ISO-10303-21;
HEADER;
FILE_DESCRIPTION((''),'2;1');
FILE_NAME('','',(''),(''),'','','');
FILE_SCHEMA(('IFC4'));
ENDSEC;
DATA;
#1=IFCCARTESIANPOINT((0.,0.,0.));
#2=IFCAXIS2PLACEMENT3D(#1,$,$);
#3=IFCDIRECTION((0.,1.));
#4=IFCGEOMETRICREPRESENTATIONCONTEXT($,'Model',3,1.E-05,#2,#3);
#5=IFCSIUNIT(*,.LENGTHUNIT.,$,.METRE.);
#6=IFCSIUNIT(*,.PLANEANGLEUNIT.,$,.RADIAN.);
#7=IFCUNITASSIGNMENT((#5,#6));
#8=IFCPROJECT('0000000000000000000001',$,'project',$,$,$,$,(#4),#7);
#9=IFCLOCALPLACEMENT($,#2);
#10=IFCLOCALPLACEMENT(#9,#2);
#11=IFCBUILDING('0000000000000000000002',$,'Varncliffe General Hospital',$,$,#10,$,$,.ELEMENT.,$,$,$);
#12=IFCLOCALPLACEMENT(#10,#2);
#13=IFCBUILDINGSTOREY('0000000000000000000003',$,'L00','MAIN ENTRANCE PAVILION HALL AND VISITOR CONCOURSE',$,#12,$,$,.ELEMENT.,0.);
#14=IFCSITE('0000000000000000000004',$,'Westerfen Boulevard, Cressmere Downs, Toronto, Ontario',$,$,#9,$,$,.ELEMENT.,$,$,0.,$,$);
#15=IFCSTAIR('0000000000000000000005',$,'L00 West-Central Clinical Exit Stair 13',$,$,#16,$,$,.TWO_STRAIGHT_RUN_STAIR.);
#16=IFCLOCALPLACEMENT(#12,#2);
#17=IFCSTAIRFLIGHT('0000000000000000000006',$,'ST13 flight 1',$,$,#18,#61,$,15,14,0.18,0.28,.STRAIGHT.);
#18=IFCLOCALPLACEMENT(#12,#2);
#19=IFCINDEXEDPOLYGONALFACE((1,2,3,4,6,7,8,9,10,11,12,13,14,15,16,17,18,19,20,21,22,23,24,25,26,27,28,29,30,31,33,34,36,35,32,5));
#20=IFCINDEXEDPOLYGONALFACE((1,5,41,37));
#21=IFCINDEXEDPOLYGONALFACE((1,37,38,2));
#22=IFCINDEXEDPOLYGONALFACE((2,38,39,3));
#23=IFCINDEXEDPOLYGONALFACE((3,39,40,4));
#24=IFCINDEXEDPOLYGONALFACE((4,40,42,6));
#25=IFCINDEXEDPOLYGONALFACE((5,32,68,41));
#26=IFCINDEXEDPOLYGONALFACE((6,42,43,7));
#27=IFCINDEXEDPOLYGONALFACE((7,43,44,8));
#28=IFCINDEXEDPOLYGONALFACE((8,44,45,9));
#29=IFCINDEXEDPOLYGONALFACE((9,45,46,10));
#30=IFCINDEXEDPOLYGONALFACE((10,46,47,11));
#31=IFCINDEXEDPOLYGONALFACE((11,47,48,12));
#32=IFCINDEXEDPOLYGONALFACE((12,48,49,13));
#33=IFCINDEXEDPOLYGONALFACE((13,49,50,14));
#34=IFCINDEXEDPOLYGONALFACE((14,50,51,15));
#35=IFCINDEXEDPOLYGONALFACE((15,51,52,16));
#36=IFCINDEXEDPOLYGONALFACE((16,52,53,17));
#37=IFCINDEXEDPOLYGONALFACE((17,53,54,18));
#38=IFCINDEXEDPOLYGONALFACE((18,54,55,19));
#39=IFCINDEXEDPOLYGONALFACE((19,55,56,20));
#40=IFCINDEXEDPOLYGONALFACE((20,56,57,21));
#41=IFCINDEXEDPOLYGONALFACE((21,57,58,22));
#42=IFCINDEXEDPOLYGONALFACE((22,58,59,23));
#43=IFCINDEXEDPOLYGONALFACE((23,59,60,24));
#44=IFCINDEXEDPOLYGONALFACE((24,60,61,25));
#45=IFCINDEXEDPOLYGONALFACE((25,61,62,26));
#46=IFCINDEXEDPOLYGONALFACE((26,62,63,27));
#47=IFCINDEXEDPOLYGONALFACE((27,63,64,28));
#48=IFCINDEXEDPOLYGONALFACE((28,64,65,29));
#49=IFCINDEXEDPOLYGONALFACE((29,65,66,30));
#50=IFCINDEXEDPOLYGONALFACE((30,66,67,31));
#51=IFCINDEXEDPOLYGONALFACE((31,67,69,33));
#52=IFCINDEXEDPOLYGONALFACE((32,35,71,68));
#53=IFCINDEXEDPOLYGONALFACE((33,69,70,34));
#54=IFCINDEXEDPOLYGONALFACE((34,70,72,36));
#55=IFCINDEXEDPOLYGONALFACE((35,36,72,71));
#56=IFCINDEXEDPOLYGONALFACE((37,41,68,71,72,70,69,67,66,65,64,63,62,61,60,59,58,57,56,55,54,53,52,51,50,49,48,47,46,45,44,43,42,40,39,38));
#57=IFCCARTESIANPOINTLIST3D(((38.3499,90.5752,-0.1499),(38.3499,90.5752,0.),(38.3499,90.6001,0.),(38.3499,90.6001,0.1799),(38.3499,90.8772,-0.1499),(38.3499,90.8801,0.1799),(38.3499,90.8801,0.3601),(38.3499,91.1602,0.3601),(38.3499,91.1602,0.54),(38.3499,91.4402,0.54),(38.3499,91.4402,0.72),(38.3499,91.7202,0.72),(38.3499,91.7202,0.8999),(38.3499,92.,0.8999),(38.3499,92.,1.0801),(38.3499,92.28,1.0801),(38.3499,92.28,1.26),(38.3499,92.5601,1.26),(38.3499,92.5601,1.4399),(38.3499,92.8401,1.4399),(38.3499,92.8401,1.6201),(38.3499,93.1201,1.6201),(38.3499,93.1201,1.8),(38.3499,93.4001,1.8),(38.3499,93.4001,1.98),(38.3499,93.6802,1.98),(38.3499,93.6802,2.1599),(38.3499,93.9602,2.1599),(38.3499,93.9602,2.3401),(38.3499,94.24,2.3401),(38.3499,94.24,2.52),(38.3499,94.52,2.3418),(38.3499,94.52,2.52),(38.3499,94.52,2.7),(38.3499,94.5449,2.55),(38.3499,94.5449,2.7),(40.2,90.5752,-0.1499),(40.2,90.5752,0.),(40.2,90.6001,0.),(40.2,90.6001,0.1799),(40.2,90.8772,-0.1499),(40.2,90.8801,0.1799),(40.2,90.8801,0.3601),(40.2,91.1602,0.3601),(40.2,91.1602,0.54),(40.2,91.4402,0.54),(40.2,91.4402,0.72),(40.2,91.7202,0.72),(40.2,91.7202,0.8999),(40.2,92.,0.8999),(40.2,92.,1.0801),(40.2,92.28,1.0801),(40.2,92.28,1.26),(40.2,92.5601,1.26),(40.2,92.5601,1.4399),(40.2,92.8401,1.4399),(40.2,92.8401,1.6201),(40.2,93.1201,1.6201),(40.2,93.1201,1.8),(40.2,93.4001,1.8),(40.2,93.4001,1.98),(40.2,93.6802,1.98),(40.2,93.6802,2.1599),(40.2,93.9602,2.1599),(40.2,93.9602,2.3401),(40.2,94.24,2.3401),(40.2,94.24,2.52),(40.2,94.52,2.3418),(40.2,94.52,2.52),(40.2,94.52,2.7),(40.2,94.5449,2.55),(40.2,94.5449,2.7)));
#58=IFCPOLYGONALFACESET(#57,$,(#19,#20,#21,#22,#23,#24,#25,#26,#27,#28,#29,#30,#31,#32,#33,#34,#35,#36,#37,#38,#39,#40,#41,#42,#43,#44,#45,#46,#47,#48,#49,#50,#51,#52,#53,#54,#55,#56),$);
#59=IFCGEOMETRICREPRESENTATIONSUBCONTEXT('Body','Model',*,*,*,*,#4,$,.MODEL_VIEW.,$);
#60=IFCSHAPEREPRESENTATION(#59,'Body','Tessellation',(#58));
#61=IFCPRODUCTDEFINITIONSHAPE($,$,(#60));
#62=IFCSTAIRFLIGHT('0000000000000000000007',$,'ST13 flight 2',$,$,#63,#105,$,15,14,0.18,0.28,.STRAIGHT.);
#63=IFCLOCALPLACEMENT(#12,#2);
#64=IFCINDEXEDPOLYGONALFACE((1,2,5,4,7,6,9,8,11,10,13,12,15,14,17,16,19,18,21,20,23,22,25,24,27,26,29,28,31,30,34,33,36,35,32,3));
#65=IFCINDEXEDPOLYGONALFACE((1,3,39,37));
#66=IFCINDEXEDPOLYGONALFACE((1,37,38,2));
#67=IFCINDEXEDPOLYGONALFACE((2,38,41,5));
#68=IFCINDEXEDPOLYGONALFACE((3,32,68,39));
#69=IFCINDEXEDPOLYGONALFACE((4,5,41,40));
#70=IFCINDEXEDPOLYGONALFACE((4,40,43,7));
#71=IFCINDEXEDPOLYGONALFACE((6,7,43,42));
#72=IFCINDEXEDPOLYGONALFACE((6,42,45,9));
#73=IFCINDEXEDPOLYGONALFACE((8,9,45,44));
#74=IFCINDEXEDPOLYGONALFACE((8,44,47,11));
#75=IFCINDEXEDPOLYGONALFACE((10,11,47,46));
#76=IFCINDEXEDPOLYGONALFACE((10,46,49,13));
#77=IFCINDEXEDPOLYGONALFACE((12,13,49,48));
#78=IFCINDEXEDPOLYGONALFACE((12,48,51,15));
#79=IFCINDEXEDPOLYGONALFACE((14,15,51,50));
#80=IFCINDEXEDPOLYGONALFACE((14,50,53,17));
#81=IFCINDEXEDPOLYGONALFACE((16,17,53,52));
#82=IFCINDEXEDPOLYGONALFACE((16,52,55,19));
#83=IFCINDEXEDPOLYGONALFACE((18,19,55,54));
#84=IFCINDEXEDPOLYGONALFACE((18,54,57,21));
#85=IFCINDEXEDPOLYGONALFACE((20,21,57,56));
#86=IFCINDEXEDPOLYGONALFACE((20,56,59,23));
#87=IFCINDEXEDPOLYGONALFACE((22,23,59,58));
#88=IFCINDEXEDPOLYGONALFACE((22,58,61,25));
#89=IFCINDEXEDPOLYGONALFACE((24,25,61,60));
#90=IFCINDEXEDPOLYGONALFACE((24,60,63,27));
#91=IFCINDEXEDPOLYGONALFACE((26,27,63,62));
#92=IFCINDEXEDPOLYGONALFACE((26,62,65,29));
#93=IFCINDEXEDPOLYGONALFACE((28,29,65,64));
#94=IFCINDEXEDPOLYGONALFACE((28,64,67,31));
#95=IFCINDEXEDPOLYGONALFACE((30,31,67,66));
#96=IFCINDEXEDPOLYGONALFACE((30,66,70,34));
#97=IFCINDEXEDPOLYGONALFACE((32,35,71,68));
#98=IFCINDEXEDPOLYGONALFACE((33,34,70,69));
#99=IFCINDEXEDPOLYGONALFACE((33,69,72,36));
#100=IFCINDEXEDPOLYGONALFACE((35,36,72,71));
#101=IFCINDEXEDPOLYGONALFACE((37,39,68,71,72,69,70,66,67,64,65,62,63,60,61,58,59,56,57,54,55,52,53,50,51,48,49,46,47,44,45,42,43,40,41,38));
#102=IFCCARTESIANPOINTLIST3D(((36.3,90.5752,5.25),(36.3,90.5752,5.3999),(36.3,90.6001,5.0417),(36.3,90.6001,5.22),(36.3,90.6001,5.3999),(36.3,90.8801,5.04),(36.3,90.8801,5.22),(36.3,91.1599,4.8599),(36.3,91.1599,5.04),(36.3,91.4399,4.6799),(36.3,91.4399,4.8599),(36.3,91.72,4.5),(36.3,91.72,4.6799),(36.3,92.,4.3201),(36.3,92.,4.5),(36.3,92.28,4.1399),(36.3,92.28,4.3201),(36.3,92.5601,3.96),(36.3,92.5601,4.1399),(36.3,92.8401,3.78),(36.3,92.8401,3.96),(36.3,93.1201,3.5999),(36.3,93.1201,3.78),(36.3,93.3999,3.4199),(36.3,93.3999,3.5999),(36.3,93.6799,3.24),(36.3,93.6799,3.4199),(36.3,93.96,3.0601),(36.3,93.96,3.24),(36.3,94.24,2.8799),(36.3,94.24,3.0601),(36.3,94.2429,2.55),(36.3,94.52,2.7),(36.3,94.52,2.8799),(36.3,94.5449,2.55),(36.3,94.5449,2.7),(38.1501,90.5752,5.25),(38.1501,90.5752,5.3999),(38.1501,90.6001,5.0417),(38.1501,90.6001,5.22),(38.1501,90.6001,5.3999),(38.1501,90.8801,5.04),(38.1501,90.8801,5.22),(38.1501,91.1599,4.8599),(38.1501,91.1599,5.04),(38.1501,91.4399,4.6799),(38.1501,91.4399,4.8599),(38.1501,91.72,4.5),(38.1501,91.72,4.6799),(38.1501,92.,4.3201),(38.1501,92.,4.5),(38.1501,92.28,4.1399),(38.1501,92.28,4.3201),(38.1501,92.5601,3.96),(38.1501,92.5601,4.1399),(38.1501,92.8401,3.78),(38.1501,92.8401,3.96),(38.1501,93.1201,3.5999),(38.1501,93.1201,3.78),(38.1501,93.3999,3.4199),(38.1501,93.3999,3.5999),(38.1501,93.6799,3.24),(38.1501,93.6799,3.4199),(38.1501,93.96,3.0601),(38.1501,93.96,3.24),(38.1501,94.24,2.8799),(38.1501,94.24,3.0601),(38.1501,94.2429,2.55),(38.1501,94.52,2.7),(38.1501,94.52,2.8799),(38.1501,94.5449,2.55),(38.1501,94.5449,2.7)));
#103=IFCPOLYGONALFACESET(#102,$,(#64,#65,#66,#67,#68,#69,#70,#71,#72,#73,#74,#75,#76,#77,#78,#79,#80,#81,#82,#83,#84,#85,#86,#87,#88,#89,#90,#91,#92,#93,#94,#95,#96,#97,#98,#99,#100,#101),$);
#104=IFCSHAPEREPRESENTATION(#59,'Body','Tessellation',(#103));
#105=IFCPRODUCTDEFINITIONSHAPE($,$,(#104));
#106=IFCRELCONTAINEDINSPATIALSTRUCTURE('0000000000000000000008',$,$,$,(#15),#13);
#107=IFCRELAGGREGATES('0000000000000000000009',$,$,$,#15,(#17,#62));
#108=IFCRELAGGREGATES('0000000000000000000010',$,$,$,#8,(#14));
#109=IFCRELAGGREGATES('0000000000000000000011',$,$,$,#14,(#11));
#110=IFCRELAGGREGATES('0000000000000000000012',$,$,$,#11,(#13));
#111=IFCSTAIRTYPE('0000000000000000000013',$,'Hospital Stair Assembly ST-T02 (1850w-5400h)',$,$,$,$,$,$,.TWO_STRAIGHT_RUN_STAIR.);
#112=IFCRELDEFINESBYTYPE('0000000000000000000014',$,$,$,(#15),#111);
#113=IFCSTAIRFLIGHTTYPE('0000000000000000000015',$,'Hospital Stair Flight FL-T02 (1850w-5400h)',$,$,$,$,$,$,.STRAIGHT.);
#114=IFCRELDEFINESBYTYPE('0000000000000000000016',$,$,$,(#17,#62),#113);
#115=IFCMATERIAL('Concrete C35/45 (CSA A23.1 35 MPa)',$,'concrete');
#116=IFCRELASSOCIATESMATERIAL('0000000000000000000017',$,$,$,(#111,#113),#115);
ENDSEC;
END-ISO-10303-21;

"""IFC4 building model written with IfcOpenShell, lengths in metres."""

from ifc_helpers import new_model, si_unit, direction, frame, origin, place, context, subcontext, project, spatial, polyline, outline, extrude, material, type_object, element, aggregate, save


model = new_model("IFC4")

# Units and contexts
model_context = context("Model", 3, precision=1e-05, world=origin(), true_north=direction((0.0, 1.0)))
body_context = subcontext(model_context, "Body", "Model", "MODEL_VIEW")
ifc_project = project(units=[si_unit("LENGTHUNIT", "METRE"), si_unit("PLANEANGLEUNIT", "RADIAN")], contexts=[model_context])

# Site, building, storey
site_placement = place(None, origin())
site = spatial("IfcSite", under=ifc_project, at=site_placement, Name="Westerfen Boulevard, Cressmere Downs, Toronto, Ontario", CompositionType="ELEMENT", RefElevation=0.0)
building_placement = place(site_placement, origin())
building = spatial("IfcBuilding", under=site, at=building_placement, Name="Varncliffe General Hospital", CompositionType="ELEMENT")
storey_placement = place(building_placement, origin())
storey = spatial("IfcBuildingStorey", under=building, at=storey_placement, Name="L00", Description="MAIN ENTRANCE PAVILION HALL AND VISITOR CONCOURSE", CompositionType="ELEMENT", Elevation=0.0)

# Shared definitions
ifc_material_1 = material(Name="Concrete C35/45 (CSA A23.1 35 MPa)", Category="concrete")

# Stair, stair flights
stair_type = type_object("IfcStairType", Name="Hospital Stair Assembly ST-T02 (1850w-5400h)", PredefinedType="TWO_STRAIGHT_RUN_STAIR", material=ifc_material_1)
stair_placement = place(storey_placement, origin())
stair = element("IfcStair", 1, at=stair_placement, inside=storey, type_object=stair_type, Name="L00 West-Central Clinical Exit Stair 13", PredefinedType="TWO_STRAIGHT_RUN_STAIR")
stair_flight_type = type_object("IfcStairFlightType", Name="Hospital Stair Flight FL-T02 (1850w-5400h)", PredefinedType="STRAIGHT", material=ifc_material_1)
stair_flight_1_placement = place(storey_placement, frame((39.2749, 90.6001, 0.0), z_axis=(0.0, 0.0, 1.0), x_axis=(0.0, 1.0, 0.0)))
stair_flight_1 = element("IfcStairFlight", 2, at=stair_flight_1_placement, type_object=stair_flight_type, Name="ST13 flight 1", NumberOfRisers=15, NumberOfTreads=14, PredefinedType="STRAIGHT", RiserHeight=0.18, TreadLength=0.28, context=body_context, shape_type="SweptSolid", body=[
    extrude(outline(polyline([(-0.0249, -0.1499), (-0.0249, 0.0), (0.0, 0.0), (0.0, 0.1799), (0.28, 0.1799), (0.28, 0.3601), (0.5601, 0.3601), (0.5601, 0.54), (0.8401, 0.54), (0.8401, 0.72), (1.1201, 0.72), (1.1201, 0.8999), (1.3999, 0.8999), (1.3999, 1.0801), (1.6799, 1.0801), (1.6799, 1.26), (1.96, 1.26), (1.96, 1.4399), (2.24, 1.4399), (2.24, 1.6201), (2.52, 1.6201), (2.52, 1.8), (2.8, 1.8), (2.8, 1.98), (3.0801, 1.98), (3.0801, 2.1599), (3.3601, 2.1599), (3.3601, 2.3401), (3.6399, 2.3401), (3.6399, 2.52), (3.9199, 2.52), (3.9199, 2.7), (3.9448, 2.7), (3.9448, 2.55), (3.9199, 2.3418), (0.2771, -0.1499), (-0.0249, -0.1499)])), frame((0.0, 0.925, 0.0), z_axis=(0.0, -1.0, 0.0), x_axis=(1.0, 0.0, 0.0)), (0.0, 0.0, 1.0), 1.8501),
])
stair_flight_2_placement = place(storey_placement, frame((37.2251, 94.52, 2.7), z_axis=(0.0, 0.0, 1.0), x_axis=(0.0, -1.0, 0.0)))
stair_flight_2 = element("IfcStairFlight", 3, at=stair_flight_2_placement, type_object=stair_flight_type, Name="ST13 flight 2", NumberOfRisers=15, NumberOfTreads=14, PredefinedType="STRAIGHT", RiserHeight=0.18, TreadLength=0.28, context=body_context, shape_type="SweptSolid", body=[
    extrude(outline(polyline([(-0.0249, -0.1499), (-0.0249, 0.0), (0.0, 0.0), (0.0, 0.1799), (0.28, 0.1799), (0.28, 0.3601), (0.5601, 0.3601), (0.5601, 0.54), (0.8401, 0.54), (0.8401, 0.72), (1.1201, 0.72), (1.1201, 0.8999), (1.3999, 0.8999), (1.3999, 1.0801), (1.6799, 1.0801), (1.6799, 1.26), (1.96, 1.26), (1.96, 1.4399), (2.24, 1.4399), (2.24, 1.6201), (2.52, 1.6201), (2.52, 1.8), (2.8, 1.8), (2.8, 1.98), (3.0801, 1.98), (3.0801, 2.1599), (3.3601, 2.1599), (3.3601, 2.3401), (3.6399, 2.3401), (3.6399, 2.52), (3.9199, 2.52), (3.9199, 2.7), (3.9448, 2.7), (3.9448, 2.55), (3.9199, 2.3418), (0.2771, -0.1499), (-0.0249, -0.1499)])), frame((0.0, 0.925, 0.0), z_axis=(0.0, -1.0, 0.0), x_axis=(1.0, 0.0, 0.0)), (0.0, 0.0, 1.0), 1.8501),
])
aggregate(stair, [stair_flight_1, stair_flight_2])

save(model, "model.ifc")
